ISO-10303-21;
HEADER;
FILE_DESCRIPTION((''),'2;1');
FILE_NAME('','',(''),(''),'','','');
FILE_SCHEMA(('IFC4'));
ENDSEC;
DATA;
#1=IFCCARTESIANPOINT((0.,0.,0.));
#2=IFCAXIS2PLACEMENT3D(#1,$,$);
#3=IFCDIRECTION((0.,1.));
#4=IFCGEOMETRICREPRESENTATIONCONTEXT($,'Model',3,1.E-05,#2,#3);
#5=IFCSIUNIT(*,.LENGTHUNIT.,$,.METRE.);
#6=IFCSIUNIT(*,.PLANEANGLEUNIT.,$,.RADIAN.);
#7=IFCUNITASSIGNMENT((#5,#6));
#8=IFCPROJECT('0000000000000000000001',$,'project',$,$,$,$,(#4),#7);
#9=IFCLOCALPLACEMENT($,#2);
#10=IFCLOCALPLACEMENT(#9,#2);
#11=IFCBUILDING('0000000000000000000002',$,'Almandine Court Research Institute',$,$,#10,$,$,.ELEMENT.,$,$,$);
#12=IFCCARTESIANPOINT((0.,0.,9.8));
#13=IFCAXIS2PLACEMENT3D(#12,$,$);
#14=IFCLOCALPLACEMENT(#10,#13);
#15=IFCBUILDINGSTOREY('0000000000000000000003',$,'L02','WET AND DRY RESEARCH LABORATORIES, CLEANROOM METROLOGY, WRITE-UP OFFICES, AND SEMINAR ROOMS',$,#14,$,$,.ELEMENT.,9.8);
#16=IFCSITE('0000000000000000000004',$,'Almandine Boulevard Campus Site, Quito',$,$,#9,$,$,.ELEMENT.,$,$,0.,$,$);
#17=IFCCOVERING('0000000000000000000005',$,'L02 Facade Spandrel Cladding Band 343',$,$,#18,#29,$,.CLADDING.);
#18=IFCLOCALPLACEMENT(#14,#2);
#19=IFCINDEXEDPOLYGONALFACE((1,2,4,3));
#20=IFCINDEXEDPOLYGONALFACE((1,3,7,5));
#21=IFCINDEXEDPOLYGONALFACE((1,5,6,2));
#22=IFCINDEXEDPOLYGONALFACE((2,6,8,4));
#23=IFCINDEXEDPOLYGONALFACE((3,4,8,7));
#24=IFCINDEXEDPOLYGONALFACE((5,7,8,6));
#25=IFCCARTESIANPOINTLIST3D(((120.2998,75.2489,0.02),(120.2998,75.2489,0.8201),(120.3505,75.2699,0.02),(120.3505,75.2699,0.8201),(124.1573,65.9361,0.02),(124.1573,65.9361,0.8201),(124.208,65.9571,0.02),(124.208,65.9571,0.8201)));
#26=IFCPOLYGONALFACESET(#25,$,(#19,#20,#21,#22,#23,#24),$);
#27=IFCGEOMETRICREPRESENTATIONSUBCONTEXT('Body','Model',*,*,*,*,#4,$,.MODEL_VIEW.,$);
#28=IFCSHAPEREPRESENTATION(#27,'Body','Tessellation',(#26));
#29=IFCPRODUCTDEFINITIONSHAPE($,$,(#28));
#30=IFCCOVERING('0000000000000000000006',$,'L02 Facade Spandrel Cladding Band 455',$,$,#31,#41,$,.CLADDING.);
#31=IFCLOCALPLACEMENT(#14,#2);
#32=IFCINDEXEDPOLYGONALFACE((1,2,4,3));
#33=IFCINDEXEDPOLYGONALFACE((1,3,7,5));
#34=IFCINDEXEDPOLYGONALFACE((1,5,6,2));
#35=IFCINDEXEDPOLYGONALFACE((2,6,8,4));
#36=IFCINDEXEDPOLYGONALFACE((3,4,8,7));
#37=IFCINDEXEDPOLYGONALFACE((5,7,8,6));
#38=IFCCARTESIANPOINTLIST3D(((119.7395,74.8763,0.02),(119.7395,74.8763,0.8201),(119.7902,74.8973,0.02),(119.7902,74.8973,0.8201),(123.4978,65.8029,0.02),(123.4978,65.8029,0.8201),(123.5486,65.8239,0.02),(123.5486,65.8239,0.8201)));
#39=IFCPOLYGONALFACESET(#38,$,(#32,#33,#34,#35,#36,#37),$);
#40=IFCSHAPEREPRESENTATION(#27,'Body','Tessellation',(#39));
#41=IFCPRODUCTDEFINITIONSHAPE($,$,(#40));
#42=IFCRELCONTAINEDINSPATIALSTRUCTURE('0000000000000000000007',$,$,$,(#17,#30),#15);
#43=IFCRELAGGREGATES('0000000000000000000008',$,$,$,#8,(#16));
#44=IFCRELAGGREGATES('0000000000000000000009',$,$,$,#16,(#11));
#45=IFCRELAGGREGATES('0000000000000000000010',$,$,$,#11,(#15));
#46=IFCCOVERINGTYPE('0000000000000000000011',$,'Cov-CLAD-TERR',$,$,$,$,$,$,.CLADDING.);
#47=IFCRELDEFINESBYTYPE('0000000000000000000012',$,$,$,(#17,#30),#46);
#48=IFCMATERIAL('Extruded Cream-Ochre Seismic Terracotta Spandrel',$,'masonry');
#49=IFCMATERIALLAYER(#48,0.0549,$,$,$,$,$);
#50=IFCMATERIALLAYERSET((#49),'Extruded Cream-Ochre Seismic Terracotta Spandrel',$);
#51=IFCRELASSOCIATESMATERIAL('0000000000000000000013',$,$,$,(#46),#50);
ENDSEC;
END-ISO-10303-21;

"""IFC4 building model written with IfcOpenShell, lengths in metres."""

from ifc_helpers import new_model, si_unit, direction, frame, origin, origin_2d, place, context, subcontext, project, spatial, rectangle, extrude, material, layer, layer_set, type_object, element, save


model = new_model("IFC4")

# Units and contexts
model_context = context("Model", 3, precision=1e-05, world=origin(), true_north=direction((0.0, 1.0)))
body_context = subcontext(model_context, "Body", "Model", "MODEL_VIEW")
ifc_project = project(units=[si_unit("LENGTHUNIT", "METRE"), si_unit("PLANEANGLEUNIT", "RADIAN")], contexts=[model_context])

# Site, building, storey
site_placement = place(None, origin())
site = spatial("IfcSite", under=ifc_project, at=site_placement, Name="Almandine Boulevard Campus Site, Quito", CompositionType="ELEMENT", RefElevation=0.0)
building_placement = place(site_placement, origin())
building = spatial("IfcBuilding", under=site, at=building_placement, Name="Almandine Court Research Institute", CompositionType="ELEMENT")
storey_placement = place(building_placement, frame((0.0, 0.0, 9.8)))
storey = spatial("IfcBuildingStorey", under=building, at=storey_placement, Name="L02", Description="WET AND DRY RESEARCH LABORATORIES, CLEANROOM METROLOGY, WRITE-UP OFFICES, AND SEMINAR ROOMS", CompositionType="ELEMENT", Elevation=9.8)

# Coverings
ifc_material_1 = material(Name="Extruded Cream-Ochre Seismic Terracotta Spandrel", Category="masonry")
ifc_layer_1 = layer(ifc_material_1, 0.0549)
ifc_layer_set_1 = layer_set([ifc_layer_1], Name="Extruded Cream-Ochre Seismic Terracotta Spandrel")
covering_type = type_object("IfcCoveringType", Name="Cov-CLAD-TERR", PredefinedType="CLADDING", material=ifc_layer_set_1)
covering_1_placement = place(storey_placement, frame((122.2539, 70.603, 0.02), z_axis=(0.0, 0.0, 1.0), x_axis=(-0.382683, 0.92388, 0.0)))
element("IfcCovering", 1, at=covering_1_placement, inside=storey, type_object=covering_type, Name="L02 Facade Spandrel Cladding Band 343", PredefinedType="CLADDING", context=body_context, shape_type="SweptSolid", body=[
    extrude(rectangle(XDim=10.0801, YDim=0.0549, at=origin_2d()), origin(), (0.0, 0.0, 1.0), 0.8),
])
covering_2_placement = place(storey_placement, frame((121.644, 70.3501, 0.02), z_axis=(0.0, 0.0, 1.0), x_axis=(0.382683, -0.92388, 0.0)))
element("IfcCovering", 2, at=covering_2_placement, inside=storey, type_object=covering_type, Name="L02 Facade Spandrel Cladding Band 455", PredefinedType="CLADDING", context=body_context, shape_type="SweptSolid", body=[
    extrude(rectangle(XDim=9.821, YDim=0.0549, at=origin_2d()), origin(), (0.0, 0.0, 1.0), 0.8),
])

save(model, "model.ifc")
